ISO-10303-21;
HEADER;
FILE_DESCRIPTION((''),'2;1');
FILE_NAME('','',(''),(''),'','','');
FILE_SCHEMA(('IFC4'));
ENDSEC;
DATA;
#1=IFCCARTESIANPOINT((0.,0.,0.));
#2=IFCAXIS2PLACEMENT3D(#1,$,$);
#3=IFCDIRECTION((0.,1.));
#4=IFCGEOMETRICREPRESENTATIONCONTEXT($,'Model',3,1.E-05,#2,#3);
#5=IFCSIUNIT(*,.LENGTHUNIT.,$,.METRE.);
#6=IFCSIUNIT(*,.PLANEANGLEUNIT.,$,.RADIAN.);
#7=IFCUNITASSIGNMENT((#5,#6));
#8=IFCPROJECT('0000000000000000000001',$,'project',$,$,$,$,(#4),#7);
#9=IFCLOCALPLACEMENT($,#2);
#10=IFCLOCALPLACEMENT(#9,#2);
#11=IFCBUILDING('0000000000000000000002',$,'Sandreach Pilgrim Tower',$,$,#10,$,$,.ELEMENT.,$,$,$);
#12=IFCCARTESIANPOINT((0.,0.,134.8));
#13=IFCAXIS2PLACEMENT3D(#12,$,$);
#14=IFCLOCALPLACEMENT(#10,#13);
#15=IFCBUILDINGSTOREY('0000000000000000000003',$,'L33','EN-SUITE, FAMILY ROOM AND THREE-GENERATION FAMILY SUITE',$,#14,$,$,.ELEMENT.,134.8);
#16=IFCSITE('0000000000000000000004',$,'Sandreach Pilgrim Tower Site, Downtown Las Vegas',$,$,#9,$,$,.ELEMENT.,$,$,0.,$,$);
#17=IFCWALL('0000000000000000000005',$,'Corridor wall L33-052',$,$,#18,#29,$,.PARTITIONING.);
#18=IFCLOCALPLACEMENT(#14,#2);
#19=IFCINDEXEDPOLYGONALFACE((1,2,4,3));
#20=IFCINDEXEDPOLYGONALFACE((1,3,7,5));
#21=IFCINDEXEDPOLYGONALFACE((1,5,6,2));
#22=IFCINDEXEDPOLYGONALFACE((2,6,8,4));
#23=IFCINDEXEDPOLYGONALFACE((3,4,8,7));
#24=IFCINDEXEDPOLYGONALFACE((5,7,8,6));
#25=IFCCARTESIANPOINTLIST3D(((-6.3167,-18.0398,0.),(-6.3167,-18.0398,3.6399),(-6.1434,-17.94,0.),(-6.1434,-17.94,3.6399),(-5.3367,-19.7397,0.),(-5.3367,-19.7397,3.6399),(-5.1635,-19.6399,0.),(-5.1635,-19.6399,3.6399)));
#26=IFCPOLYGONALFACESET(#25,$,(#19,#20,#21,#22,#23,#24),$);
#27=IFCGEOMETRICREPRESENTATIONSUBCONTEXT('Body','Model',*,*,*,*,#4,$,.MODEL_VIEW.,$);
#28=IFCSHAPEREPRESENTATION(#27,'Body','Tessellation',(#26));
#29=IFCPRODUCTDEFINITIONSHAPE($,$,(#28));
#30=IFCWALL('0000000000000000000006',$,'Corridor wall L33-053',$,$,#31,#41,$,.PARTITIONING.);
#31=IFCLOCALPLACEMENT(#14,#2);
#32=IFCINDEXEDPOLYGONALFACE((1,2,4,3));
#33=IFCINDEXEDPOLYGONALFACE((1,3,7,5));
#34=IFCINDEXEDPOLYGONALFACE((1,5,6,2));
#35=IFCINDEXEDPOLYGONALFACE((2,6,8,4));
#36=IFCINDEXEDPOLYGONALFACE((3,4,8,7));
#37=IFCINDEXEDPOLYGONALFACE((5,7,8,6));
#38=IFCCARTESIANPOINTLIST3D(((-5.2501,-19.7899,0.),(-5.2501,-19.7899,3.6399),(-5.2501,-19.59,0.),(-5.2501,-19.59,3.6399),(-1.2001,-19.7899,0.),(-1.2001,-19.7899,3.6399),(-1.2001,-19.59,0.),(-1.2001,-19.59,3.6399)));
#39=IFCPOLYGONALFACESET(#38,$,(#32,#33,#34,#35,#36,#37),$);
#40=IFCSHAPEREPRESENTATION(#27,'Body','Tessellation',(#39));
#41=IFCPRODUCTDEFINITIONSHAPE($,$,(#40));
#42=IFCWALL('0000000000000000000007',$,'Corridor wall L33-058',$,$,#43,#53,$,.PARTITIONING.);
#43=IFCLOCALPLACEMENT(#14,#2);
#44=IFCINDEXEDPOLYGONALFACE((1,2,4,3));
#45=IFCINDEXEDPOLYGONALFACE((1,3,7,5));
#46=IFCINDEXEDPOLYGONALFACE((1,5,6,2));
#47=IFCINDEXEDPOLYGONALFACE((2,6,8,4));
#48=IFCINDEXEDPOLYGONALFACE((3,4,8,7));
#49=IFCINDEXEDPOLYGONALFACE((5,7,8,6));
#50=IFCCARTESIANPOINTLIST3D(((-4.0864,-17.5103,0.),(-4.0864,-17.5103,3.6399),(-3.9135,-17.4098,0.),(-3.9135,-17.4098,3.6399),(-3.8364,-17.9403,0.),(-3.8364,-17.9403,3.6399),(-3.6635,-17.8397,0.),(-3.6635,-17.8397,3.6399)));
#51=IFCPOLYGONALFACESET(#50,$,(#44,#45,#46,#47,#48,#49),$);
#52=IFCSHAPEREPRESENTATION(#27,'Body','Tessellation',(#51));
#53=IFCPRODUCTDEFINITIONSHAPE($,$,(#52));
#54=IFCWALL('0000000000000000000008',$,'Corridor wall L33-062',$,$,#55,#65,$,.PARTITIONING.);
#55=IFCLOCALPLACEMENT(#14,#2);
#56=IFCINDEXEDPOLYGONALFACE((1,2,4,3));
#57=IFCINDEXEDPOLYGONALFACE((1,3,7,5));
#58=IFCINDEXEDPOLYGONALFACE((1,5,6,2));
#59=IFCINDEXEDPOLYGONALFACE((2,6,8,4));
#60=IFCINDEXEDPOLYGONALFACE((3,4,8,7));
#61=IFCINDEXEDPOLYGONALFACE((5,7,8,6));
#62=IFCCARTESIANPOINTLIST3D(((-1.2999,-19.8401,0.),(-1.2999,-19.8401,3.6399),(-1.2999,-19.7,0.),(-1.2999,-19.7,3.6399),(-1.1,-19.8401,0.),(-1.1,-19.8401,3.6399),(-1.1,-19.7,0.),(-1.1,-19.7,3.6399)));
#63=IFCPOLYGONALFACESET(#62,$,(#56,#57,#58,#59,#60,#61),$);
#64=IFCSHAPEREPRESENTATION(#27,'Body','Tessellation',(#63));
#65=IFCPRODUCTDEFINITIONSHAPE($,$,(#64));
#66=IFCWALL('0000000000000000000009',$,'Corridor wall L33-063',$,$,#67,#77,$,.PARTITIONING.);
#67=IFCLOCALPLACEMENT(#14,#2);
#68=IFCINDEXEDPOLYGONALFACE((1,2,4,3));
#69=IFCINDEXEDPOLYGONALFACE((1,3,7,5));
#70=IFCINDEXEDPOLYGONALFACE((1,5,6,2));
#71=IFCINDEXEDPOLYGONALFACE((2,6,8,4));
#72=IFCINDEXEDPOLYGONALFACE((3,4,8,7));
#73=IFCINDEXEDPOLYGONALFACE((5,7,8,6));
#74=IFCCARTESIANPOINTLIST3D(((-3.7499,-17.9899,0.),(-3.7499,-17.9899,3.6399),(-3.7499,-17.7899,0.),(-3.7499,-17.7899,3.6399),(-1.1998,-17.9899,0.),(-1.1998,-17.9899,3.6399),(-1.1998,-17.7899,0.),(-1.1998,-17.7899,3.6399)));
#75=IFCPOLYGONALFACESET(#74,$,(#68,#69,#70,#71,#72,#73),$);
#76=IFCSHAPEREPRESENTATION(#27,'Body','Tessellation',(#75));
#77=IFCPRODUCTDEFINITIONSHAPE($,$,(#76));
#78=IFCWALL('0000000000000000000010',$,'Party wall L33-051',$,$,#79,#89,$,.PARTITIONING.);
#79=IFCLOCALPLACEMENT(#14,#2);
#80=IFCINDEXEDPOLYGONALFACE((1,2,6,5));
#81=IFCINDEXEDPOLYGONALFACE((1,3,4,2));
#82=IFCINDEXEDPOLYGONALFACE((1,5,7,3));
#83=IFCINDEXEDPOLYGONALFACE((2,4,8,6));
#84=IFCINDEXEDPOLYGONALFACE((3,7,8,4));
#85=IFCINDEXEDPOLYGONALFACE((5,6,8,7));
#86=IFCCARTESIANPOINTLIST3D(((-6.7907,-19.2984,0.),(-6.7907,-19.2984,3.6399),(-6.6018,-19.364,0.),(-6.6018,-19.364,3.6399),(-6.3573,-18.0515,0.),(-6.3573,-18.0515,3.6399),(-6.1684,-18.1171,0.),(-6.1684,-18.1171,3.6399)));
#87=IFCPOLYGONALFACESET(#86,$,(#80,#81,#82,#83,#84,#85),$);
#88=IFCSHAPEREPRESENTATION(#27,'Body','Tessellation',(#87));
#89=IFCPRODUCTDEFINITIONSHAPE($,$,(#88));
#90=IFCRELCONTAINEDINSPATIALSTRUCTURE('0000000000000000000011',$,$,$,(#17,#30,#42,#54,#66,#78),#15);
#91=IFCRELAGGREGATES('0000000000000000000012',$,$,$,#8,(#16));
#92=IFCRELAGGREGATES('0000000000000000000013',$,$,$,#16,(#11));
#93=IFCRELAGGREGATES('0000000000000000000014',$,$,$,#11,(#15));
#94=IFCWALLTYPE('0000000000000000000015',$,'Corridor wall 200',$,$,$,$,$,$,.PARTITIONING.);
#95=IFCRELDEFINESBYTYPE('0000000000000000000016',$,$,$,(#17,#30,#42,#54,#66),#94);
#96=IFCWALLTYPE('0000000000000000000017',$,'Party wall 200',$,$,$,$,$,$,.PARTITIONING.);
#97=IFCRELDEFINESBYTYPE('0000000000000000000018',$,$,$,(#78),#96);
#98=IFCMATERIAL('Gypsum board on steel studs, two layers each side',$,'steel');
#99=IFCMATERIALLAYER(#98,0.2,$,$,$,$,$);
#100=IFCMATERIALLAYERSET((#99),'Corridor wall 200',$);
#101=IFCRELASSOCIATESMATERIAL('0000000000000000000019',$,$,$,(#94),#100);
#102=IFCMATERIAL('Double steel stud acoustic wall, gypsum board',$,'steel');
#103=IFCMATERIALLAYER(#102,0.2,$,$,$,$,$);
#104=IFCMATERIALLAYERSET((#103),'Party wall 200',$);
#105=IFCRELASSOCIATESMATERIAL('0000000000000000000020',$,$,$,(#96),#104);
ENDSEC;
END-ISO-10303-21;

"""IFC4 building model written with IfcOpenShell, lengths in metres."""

from ifc_helpers import new_model, si_unit, direction, frame, frame_2d, origin, place, context, subcontext, project, spatial, rectangle, extrude, material, layer, layer_set, type_object, element, save


model = new_model("IFC4")

# Units and contexts
model_context = context("Model", 3, precision=1e-05, world=origin(), true_north=direction((0.0, 1.0)))
body_context = subcontext(model_context, "Body", "Model", "MODEL_VIEW")
ifc_project = project(units=[si_unit("LENGTHUNIT", "METRE"), si_unit("PLANEANGLEUNIT", "RADIAN")], contexts=[model_context])

# Site, building, storey
site_placement = place(None, origin())
site = spatial("IfcSite", under=ifc_project, at=site_placement, Name="Sandreach Pilgrim Tower Site, Downtown Las Vegas", CompositionType="ELEMENT", RefElevation=0.0)
building_placement = place(site_placement, origin())
building = spatial("IfcBuilding", under=site, at=building_placement, Name="Sandreach Pilgrim Tower", CompositionType="ELEMENT")
storey_placement = place(building_placement, frame((0.0, 0.0, 134.8)))
storey = spatial("IfcBuildingStorey", under=building, at=storey_placement, Name="L33", Description="EN-SUITE, FAMILY ROOM AND THREE-GENERATION FAMILY SUITE", CompositionType="ELEMENT", Elevation=134.8)

# Shared definitions
ifc_material_1 = material(Name="Gypsum board on steel studs, two layers each side", Category="steel")
ifc_layer_1 = layer(ifc_material_1, 0.2)
ifc_layer_set_1 = layer_set([ifc_layer_1], Name="Corridor wall 200")
wall_type_1 = type_object("IfcWallType", Name="Corridor wall 200", PredefinedType="PARTITIONING", material=ifc_layer_set_1)

# Walls
wall_1_placement = place(storey_placement, frame((-6.23, -17.99, 0.0), z_axis=(0.0, 0.0, 1.0), x_axis=(0.499432, -0.866353, 0.0)))
element("IfcWall", 1, at=wall_1_placement, inside=storey, type_object=wall_type_1, Name="Corridor wall L33-052", PredefinedType="PARTITIONING", context=body_context, shape_type="SweptSolid", body=[
    extrude(rectangle(XDim=1.9622, YDim=0.2, at=frame_2d((0.981, 0.0))), origin(), (0.0, 0.0, 1.0), 3.6399),
])
wall_2_placement = place(storey_placement, frame((-5.25, -19.6899, 0.0), z_axis=(0.0, 0.0, 1.0), x_axis=(1.0, 0.0, 0.0)))
element("IfcWall", 2, at=wall_2_placement, inside=storey, type_object=wall_type_1, Name="Corridor wall L33-053", PredefinedType="PARTITIONING", context=body_context, shape_type="SweptSolid", body=[
    extrude(rectangle(XDim=4.05, YDim=0.2, at=frame_2d((2.0249, 0.0))), origin(), (0.0, 0.0, 1.0), 3.6399),
])

# Wall
wall_3_placement = place(storey_placement, frame((-3.75, -17.8899, 0.0), z_axis=(0.0, 0.0, 1.0), x_axis=(-0.50268, 0.864472, 0.0)))
element("IfcWall", 3, at=wall_3_placement, inside=storey, type_object=wall_type_1, Name="Corridor wall L33-058", PredefinedType="PARTITIONING", context=body_context, shape_type="SweptSolid", body=[
    extrude(rectangle(XDim=0.4973, YDim=0.2, at=frame_2d((0.2485, 0.0))), origin(), (0.0, 0.0, 1.0), 3.6399),
])

# Walls
wall_4_placement = place(storey_placement, frame((-1.2, -19.7, 0.0), z_axis=(0.0, 0.0, 1.0), x_axis=(0.0, -1.0, 0.0)))
element("IfcWall", 4, at=wall_4_placement, inside=storey, type_object=wall_type_1, Name="Corridor wall L33-062", PredefinedType="PARTITIONING", context=body_context, shape_type="SweptSolid", body=[
    extrude(rectangle(XDim=0.1401, YDim=0.2, at=frame_2d((0.0701, 0.0))), origin(), (0.0, 0.0, 1.0), 3.6399),
])
wall_5_placement = place(storey_placement, frame((-1.2, -17.8899, 0.0), z_axis=(0.0, 0.0, 1.0), x_axis=(-1.0, 0.0, 0.0)))
element("IfcWall", 5, at=wall_5_placement, inside=storey, type_object=wall_type_1, Name="Corridor wall L33-063", PredefinedType="PARTITIONING", context=body_context, shape_type="SweptSolid", body=[
    extrude(rectangle(XDim=2.55, YDim=0.2, at=frame_2d((1.2749, 0.0))), origin(), (0.0, 0.0, 1.0), 3.6399),
])
ifc_material_2 = material(Name="Double steel stud acoustic wall, gypsum board", Category="steel")
ifc_layer_2 = layer(ifc_material_2, 0.2)
ifc_layer_set_2 = layer_set([ifc_layer_2], Name="Party wall 200")
wall_type_2 = type_object("IfcWallType", Name="Party wall 200", PredefinedType="PARTITIONING", material=ifc_layer_set_2)
wall_6_placement = place(storey_placement, frame((-6.6963, -19.3313, 0.0), z_axis=(0.0, 0.0, 1.0), x_axis=(0.328298, 0.944574, 0.0)))
element("IfcWall", 6, at=wall_6_placement, inside=storey, type_object=wall_type_2, Name="Party wall L33-051", PredefinedType="PARTITIONING", context=body_context, shape_type="SweptSolid", body=[
    extrude(rectangle(XDim=1.3201, YDim=0.2, at=frame_2d((0.6602, 0.0))), origin(), (0.0, 0.0, 1.0), 3.6399),
])

save(model, "model.ifc")
